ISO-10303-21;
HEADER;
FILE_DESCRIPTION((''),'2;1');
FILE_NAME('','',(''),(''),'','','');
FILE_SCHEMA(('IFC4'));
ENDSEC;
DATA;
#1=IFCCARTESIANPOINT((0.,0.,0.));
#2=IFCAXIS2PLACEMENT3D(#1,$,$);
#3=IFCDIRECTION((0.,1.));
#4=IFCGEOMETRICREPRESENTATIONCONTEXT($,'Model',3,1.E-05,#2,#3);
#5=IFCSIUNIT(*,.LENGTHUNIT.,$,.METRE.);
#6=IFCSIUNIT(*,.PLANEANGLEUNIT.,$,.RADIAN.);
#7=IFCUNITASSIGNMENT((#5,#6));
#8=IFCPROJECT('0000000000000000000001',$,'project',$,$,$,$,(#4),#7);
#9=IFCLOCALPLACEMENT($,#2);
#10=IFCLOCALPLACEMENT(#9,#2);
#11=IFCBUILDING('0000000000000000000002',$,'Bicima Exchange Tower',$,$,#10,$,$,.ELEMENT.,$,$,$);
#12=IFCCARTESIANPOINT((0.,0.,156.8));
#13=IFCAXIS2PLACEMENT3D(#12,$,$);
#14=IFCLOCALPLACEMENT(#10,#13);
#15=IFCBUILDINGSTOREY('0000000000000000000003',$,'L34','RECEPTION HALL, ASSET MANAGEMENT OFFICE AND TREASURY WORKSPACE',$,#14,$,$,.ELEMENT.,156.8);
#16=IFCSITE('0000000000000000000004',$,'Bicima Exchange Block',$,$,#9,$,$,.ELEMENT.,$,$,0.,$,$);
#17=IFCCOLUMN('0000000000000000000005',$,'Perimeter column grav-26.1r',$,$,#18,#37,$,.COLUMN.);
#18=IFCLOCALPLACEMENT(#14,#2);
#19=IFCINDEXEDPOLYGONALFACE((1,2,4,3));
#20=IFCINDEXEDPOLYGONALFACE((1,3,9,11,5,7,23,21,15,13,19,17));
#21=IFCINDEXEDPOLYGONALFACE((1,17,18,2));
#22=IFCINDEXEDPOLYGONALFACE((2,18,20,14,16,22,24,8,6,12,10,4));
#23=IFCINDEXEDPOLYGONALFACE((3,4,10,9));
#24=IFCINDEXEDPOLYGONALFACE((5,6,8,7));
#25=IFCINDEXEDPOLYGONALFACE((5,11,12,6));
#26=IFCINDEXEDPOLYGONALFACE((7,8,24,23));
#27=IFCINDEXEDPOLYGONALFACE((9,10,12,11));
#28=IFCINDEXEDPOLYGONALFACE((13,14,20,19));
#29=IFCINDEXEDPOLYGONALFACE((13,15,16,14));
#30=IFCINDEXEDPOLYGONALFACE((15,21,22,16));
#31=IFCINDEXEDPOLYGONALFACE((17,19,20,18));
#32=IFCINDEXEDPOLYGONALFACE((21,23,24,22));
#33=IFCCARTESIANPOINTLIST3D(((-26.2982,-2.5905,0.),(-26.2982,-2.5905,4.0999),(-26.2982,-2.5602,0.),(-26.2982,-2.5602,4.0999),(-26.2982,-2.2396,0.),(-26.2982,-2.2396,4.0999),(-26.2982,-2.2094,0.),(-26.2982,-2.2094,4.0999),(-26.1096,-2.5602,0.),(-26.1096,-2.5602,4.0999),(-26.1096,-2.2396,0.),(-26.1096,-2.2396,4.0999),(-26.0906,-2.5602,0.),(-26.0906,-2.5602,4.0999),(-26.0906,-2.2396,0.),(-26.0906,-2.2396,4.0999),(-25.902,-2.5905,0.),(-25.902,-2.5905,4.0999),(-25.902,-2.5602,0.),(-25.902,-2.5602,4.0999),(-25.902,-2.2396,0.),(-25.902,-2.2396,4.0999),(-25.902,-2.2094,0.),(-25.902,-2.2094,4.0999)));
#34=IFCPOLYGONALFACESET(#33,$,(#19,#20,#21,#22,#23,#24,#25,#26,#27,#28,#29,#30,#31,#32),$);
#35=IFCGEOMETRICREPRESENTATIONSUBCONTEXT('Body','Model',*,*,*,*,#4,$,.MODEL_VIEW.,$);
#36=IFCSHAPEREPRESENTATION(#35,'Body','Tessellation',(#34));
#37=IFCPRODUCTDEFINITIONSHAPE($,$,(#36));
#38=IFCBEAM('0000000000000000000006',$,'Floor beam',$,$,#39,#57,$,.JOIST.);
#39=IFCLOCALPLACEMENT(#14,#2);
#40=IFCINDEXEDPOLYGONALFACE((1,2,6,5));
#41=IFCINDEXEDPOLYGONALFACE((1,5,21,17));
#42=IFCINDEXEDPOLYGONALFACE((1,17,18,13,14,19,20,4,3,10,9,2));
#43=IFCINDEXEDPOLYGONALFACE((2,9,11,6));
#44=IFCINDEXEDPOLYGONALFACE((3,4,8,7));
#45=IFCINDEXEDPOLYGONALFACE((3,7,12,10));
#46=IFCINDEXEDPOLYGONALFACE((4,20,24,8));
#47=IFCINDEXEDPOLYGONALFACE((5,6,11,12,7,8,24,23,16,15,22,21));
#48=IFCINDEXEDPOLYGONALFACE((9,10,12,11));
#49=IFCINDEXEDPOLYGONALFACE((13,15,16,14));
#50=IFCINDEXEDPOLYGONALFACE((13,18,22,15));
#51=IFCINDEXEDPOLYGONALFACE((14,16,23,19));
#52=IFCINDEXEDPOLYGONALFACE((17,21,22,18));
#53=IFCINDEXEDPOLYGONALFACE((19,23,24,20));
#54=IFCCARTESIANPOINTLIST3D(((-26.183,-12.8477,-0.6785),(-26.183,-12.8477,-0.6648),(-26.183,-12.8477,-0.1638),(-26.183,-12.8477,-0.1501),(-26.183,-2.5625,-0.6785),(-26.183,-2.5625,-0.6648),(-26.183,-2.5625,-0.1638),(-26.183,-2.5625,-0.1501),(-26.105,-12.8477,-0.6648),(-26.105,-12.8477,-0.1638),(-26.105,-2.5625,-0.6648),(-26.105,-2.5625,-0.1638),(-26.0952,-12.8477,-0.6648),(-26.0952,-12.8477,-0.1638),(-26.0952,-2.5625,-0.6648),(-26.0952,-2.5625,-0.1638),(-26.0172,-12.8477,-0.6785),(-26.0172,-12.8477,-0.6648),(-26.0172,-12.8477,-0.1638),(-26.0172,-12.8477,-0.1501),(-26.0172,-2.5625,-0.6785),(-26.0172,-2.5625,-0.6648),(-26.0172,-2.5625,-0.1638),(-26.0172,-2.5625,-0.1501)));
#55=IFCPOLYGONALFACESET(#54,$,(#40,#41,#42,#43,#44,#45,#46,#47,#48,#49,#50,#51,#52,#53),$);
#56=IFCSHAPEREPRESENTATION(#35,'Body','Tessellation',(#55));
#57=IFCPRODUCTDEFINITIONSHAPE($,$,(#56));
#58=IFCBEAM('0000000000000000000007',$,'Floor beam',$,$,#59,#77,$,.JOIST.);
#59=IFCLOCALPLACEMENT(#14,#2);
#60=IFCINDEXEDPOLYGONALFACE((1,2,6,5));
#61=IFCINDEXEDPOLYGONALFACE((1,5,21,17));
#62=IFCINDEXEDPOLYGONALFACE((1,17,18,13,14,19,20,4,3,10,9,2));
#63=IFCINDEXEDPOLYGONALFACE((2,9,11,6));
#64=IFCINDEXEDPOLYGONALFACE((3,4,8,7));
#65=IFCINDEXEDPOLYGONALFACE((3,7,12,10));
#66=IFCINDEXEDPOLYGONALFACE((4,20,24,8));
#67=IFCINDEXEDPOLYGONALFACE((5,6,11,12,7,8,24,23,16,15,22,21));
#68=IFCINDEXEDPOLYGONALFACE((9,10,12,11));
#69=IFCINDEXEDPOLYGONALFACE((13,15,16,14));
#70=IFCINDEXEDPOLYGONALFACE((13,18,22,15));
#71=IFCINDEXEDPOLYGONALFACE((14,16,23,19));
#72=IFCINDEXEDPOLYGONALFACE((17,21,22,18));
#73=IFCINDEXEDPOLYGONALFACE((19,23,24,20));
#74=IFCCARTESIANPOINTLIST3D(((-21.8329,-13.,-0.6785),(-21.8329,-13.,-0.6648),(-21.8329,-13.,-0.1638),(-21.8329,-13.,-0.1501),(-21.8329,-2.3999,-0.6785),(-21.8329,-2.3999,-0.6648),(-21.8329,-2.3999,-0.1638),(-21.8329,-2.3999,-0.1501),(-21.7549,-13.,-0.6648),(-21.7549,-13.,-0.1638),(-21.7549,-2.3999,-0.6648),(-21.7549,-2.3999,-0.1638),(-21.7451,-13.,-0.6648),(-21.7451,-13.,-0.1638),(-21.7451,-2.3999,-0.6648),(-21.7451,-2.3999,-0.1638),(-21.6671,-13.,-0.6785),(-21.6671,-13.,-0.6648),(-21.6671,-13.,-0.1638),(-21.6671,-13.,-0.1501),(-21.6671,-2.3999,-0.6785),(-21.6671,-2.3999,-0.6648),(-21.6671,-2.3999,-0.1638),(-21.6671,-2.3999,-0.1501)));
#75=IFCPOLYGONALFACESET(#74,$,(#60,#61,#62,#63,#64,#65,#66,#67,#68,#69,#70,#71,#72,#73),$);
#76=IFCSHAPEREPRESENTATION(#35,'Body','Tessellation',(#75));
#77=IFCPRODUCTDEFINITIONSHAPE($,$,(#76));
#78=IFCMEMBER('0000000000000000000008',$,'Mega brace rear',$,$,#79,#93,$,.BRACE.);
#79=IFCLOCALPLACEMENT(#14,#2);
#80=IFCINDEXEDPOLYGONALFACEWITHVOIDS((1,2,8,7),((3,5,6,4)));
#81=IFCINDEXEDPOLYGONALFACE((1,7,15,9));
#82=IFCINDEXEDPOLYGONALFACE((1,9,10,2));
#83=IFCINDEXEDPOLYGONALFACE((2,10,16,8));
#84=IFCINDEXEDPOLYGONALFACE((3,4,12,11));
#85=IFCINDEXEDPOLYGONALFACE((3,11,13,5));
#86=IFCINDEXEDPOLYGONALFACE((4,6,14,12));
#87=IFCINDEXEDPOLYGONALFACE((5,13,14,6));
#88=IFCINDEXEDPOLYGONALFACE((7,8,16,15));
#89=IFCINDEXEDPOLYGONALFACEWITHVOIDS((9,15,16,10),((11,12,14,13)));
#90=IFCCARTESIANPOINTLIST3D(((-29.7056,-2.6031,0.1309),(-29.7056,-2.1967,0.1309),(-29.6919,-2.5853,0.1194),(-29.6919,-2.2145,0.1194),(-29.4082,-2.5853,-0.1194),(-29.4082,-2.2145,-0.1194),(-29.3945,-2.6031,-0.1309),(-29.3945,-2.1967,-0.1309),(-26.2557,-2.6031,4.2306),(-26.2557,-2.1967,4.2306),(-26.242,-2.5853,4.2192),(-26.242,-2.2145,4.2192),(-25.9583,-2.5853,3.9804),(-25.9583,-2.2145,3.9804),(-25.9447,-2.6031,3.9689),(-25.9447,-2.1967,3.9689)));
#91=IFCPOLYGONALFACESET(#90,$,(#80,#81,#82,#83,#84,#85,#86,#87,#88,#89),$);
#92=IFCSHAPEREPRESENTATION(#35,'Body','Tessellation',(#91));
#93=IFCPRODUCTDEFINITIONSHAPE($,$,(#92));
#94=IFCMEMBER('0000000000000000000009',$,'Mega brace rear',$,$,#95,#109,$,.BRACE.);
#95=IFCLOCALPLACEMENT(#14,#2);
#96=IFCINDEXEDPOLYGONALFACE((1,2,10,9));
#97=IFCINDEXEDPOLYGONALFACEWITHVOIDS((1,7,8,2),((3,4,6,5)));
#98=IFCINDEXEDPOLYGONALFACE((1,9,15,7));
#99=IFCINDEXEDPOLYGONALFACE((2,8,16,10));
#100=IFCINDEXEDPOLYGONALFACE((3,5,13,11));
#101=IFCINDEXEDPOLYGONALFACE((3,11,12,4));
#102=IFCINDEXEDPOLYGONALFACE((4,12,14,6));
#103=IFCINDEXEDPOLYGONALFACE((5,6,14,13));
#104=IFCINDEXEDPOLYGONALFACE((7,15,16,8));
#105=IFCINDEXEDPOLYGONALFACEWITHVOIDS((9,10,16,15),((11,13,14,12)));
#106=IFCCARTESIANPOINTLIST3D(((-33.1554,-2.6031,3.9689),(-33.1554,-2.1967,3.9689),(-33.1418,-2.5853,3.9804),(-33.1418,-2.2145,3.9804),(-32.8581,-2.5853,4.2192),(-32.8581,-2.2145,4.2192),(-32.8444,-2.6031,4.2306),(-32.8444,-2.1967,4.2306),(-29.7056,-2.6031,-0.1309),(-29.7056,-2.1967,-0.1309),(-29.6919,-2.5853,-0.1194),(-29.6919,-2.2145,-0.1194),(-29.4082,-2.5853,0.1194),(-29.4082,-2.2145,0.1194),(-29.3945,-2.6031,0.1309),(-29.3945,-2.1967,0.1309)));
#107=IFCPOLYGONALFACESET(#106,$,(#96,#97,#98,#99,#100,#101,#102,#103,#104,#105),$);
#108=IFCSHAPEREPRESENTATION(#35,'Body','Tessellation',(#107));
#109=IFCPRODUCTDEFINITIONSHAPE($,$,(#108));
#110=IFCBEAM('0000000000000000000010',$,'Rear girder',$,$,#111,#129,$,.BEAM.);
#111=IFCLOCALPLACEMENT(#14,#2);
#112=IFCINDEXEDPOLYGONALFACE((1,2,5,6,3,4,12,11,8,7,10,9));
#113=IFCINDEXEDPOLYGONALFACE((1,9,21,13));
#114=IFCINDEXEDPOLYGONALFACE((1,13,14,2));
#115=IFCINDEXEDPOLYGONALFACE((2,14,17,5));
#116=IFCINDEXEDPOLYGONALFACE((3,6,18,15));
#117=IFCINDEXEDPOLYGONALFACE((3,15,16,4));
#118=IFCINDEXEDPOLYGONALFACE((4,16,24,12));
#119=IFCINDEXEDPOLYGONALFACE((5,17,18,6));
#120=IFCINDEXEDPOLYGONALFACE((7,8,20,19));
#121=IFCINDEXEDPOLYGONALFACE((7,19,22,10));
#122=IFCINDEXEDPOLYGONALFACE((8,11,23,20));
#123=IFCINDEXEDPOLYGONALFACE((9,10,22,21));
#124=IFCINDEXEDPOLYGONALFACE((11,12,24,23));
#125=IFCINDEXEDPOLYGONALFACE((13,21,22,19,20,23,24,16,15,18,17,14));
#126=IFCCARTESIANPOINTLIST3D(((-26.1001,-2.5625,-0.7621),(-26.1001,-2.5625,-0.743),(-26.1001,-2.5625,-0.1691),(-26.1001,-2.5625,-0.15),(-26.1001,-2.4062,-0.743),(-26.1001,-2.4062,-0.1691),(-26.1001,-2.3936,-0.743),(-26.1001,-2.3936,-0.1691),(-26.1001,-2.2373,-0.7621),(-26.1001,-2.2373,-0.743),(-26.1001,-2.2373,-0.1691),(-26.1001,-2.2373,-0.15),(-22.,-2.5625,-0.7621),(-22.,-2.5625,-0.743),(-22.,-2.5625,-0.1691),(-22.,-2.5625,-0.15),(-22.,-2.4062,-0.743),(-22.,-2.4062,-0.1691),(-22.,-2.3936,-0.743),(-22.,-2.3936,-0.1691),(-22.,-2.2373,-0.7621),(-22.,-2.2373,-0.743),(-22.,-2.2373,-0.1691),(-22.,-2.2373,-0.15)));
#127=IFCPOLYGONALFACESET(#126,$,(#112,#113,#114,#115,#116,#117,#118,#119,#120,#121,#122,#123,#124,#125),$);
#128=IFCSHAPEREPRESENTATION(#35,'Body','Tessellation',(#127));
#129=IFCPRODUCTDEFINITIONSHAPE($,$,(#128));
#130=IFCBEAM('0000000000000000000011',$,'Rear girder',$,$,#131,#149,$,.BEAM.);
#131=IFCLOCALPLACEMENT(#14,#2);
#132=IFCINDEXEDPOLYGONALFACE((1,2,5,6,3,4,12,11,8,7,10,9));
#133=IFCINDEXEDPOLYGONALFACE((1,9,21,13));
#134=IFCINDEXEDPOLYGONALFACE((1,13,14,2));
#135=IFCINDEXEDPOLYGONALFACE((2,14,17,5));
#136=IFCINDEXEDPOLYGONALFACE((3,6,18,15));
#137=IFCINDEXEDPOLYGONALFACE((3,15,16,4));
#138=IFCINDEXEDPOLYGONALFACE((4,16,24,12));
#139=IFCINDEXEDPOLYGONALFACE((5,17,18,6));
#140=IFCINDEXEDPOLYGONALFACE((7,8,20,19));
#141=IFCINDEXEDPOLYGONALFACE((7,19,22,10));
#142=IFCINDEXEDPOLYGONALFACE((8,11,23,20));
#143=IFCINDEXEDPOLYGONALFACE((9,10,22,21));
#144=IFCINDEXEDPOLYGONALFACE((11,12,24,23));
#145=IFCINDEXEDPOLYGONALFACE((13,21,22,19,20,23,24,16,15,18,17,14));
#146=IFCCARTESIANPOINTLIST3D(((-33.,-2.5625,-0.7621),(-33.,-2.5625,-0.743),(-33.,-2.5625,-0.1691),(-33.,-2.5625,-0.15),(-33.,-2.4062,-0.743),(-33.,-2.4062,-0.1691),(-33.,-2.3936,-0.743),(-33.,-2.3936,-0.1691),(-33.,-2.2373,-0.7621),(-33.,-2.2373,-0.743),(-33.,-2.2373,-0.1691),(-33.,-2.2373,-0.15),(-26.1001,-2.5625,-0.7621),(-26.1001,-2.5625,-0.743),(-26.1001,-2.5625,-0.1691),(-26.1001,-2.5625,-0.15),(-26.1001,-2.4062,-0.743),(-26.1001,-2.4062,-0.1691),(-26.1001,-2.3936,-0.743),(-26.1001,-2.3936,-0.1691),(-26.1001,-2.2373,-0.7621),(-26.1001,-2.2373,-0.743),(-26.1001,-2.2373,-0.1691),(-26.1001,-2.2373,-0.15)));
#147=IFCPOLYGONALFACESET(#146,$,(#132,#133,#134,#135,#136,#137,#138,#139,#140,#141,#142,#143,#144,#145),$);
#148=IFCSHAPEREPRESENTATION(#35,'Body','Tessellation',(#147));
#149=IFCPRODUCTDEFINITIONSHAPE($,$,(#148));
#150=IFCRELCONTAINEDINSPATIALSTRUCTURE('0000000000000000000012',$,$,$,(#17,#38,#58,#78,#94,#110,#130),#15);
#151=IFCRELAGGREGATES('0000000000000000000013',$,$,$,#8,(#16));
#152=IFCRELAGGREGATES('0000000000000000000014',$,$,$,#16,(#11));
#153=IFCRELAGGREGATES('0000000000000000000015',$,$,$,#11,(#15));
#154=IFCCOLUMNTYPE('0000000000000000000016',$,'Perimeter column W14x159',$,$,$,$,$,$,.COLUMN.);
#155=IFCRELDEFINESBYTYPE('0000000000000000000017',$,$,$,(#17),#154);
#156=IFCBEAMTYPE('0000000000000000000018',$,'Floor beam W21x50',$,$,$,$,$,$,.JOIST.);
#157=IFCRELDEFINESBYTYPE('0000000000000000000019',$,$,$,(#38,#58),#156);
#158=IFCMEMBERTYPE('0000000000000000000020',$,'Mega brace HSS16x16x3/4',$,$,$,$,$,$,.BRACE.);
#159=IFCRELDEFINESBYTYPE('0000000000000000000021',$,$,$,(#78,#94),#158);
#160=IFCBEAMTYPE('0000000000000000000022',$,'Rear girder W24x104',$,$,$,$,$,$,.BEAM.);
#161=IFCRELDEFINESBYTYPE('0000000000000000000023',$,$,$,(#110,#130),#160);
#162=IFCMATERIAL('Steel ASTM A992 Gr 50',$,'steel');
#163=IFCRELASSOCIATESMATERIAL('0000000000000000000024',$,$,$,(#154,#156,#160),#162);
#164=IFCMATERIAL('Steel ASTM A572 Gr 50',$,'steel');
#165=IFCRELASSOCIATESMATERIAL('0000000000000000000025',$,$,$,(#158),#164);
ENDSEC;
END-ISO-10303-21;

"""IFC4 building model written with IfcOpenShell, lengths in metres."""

from ifc_helpers import new_model, si_unit, direction, frame, origin, origin_2d, place, context, subcontext, project, spatial, hollow_rectangle, i_section, extrude, material, material_profile, profile_set, type_object, element, save


model = new_model("IFC4")

# Units and contexts
model_context = context("Model", 3, precision=1e-05, world=origin(), true_north=direction((0.0, 1.0)))
body_context = subcontext(model_context, "Body", "Model", "MODEL_VIEW")
ifc_project = project(units=[si_unit("LENGTHUNIT", "METRE"), si_unit("PLANEANGLEUNIT", "RADIAN")], contexts=[model_context])

# Site, building, storey
site_placement = place(None, origin())
site = spatial("IfcSite", under=ifc_project, at=site_placement, Name="Bicima Exchange Block", CompositionType="ELEMENT", RefElevation=0.0)
building_placement = place(site_placement, origin())
building = spatial("IfcBuilding", under=site, at=building_placement, Name="Bicima Exchange Tower", CompositionType="ELEMENT")
storey_placement = place(building_placement, frame((0.0, 0.0, 156.8)))
storey = spatial("IfcBuildingStorey", under=building, at=storey_placement, Name="L34", Description="RECEPTION HALL, ASSET MANAGEMENT OFFICE AND TREASURY WORKSPACE", CompositionType="ELEMENT", Elevation=156.8)

# Column
ifc_material_1 = material(Name="Steel ASTM A992 Gr 50", Category="steel")
ifc_material_profile_1 = material_profile(ifc_material_1, i_section(OverallWidth=0.3962, OverallDepth=0.3811, WebThickness=0.019, FlangeThickness=0.0303, at=origin_2d()))
ifc_profile_set_1 = profile_set([ifc_material_profile_1], Name="Steel ASTM A992 Gr 50")
column_type = type_object("IfcColumnType", Name="Perimeter column W14x159", PredefinedType="COLUMN", material=ifc_profile_set_1)
column_placement = place(storey_placement, frame((-26.1001, -2.3999, 0.0), z_axis=(0.0, 0.0, 1.0), x_axis=(1.0, 0.0, 0.0)))
element("IfcColumn", 1, at=column_placement, inside=storey, type_object=column_type, Name="Perimeter column grav-26.1r", PredefinedType="COLUMN", context=body_context, shape_type="SweptSolid", body=[
    extrude(i_section(OverallWidth=0.3962, OverallDepth=0.3811, WebThickness=0.019, FlangeThickness=0.0303, at=origin_2d()), origin(), (0.0, 0.0, 1.0), 4.0999),
])

# Beams
ifc_material_profile_2 = material_profile(ifc_material_1, i_section(OverallWidth=0.1658, OverallDepth=0.5283, WebThickness=0.0098, FlangeThickness=0.0137, at=origin_2d()))
ifc_profile_set_2 = profile_set([ifc_material_profile_2], Name="Steel ASTM A992 Gr 50")
beam_type_1 = type_object("IfcBeamType", Name="Floor beam W21x50", PredefinedType="JOIST", material=ifc_profile_set_2)
beam_1_placement = place(storey_placement, frame((-26.1001, -2.5625, -0.4143), z_axis=(0.0, -1.0, 0.0), x_axis=(1.0, 0.0, 0.0)))
element("IfcBeam", 2, at=beam_1_placement, inside=storey, type_object=beam_type_1, Name="Floor beam", PredefinedType="JOIST", context=body_context, shape_type="SweptSolid", body=[
    extrude(i_section(OverallWidth=0.1658, OverallDepth=0.5283, WebThickness=0.0098, FlangeThickness=0.0137, at=origin_2d()), origin(), (0.0, 0.0, 1.0), 10.2852),
])
beam_2_placement = place(storey_placement, frame((-21.75, -2.3999, -0.4143), z_axis=(0.0, -1.0, 0.0), x_axis=(1.0, 0.0, 0.0)))
element("IfcBeam", 3, at=beam_2_placement, inside=storey, type_object=beam_type_1, Name="Floor beam", PredefinedType="JOIST", context=body_context, shape_type="SweptSolid", body=[
    extrude(i_section(OverallWidth=0.1658, OverallDepth=0.5283, WebThickness=0.0098, FlangeThickness=0.0137, at=origin_2d()), origin(), (0.0, 0.0, 1.0), 10.6001),
])

# Members
ifc_material_2 = material(Name="Steel ASTM A572 Gr 50", Category="steel")
ifc_material_profile_3 = material_profile(ifc_material_2, hollow_rectangle(XDim=0.4065, YDim=0.4065, WallThickness=0.0178, at=origin_2d()))
ifc_profile_set_3 = profile_set([ifc_material_profile_3], Name="Steel ASTM A572 Gr 50")
member_type = type_object("IfcMemberType", Name="Mega brace HSS16x16x3/4", PredefinedType="BRACE", material=ifc_profile_set_3)
for number, where, z_axis, x_axis, name in (
    (4, (-29.55, -2.3999, 0.0), (0.643856, 0.0, 0.765146), (0.0, 1.0, 0.0), "Mega brace rear"),
    (5, (-29.55, -2.3999, 0.0), (-0.643856, 0.0, 0.765146), (0.0, -1.0, 0.0), "Mega brace rear"),
):
    element("IfcMember", number, at=place(storey_placement, frame(where, z_axis=z_axis, x_axis=x_axis)), inside=storey, type_object=member_type, Name=name, PredefinedType="BRACE", context=body_context, shape_type="SweptSolid", body=[
        extrude(hollow_rectangle(XDim=0.4065, YDim=0.4065, WallThickness=0.0178, at=origin_2d()), origin(), (0.0, 0.0, 1.0), 5.3582),
    ])

# Beams
ifc_material_profile_4 = material_profile(ifc_material_1, i_section(OverallWidth=0.3252, OverallDepth=0.6121, WebThickness=0.0127, FlangeThickness=0.019, at=origin_2d()))
ifc_profile_set_4 = profile_set([ifc_material_profile_4], Name="Steel ASTM A992 Gr 50")
beam_type_2 = type_object("IfcBeamType", Name="Rear girder W24x104", PredefinedType="BEAM", material=ifc_profile_set_4)
beam_3_placement = place(storey_placement, frame((-22.0, -2.3999, -0.4561), z_axis=(-1.0, 0.0, 0.0), x_axis=(0.0, -1.0, 0.0)))
element("IfcBeam", 6, at=beam_3_placement, inside=storey, type_object=beam_type_2, Name="Rear girder", PredefinedType="BEAM", context=body_context, shape_type="SweptSolid", body=[
    extrude(i_section(OverallWidth=0.3252, OverallDepth=0.6121, WebThickness=0.0127, FlangeThickness=0.019, at=origin_2d()), origin(), (0.0, 0.0, 1.0), 4.1001),
])
beam_4_placement = place(storey_placement, frame((-26.1001, -2.3999, -0.4561), z_axis=(-1.0, 0.0, 0.0), x_axis=(0.0, -1.0, 0.0)))
element("IfcBeam", 7, at=beam_4_placement, inside=storey, type_object=beam_type_2, Name="Rear girder", PredefinedType="BEAM", context=body_context, shape_type="SweptSolid", body=[
    extrude(i_section(OverallWidth=0.3252, OverallDepth=0.6121, WebThickness=0.0127, FlangeThickness=0.019, at=origin_2d()), origin(), (0.0, 0.0, 1.0), 6.8999),
])

save(model, "model.ifc")
